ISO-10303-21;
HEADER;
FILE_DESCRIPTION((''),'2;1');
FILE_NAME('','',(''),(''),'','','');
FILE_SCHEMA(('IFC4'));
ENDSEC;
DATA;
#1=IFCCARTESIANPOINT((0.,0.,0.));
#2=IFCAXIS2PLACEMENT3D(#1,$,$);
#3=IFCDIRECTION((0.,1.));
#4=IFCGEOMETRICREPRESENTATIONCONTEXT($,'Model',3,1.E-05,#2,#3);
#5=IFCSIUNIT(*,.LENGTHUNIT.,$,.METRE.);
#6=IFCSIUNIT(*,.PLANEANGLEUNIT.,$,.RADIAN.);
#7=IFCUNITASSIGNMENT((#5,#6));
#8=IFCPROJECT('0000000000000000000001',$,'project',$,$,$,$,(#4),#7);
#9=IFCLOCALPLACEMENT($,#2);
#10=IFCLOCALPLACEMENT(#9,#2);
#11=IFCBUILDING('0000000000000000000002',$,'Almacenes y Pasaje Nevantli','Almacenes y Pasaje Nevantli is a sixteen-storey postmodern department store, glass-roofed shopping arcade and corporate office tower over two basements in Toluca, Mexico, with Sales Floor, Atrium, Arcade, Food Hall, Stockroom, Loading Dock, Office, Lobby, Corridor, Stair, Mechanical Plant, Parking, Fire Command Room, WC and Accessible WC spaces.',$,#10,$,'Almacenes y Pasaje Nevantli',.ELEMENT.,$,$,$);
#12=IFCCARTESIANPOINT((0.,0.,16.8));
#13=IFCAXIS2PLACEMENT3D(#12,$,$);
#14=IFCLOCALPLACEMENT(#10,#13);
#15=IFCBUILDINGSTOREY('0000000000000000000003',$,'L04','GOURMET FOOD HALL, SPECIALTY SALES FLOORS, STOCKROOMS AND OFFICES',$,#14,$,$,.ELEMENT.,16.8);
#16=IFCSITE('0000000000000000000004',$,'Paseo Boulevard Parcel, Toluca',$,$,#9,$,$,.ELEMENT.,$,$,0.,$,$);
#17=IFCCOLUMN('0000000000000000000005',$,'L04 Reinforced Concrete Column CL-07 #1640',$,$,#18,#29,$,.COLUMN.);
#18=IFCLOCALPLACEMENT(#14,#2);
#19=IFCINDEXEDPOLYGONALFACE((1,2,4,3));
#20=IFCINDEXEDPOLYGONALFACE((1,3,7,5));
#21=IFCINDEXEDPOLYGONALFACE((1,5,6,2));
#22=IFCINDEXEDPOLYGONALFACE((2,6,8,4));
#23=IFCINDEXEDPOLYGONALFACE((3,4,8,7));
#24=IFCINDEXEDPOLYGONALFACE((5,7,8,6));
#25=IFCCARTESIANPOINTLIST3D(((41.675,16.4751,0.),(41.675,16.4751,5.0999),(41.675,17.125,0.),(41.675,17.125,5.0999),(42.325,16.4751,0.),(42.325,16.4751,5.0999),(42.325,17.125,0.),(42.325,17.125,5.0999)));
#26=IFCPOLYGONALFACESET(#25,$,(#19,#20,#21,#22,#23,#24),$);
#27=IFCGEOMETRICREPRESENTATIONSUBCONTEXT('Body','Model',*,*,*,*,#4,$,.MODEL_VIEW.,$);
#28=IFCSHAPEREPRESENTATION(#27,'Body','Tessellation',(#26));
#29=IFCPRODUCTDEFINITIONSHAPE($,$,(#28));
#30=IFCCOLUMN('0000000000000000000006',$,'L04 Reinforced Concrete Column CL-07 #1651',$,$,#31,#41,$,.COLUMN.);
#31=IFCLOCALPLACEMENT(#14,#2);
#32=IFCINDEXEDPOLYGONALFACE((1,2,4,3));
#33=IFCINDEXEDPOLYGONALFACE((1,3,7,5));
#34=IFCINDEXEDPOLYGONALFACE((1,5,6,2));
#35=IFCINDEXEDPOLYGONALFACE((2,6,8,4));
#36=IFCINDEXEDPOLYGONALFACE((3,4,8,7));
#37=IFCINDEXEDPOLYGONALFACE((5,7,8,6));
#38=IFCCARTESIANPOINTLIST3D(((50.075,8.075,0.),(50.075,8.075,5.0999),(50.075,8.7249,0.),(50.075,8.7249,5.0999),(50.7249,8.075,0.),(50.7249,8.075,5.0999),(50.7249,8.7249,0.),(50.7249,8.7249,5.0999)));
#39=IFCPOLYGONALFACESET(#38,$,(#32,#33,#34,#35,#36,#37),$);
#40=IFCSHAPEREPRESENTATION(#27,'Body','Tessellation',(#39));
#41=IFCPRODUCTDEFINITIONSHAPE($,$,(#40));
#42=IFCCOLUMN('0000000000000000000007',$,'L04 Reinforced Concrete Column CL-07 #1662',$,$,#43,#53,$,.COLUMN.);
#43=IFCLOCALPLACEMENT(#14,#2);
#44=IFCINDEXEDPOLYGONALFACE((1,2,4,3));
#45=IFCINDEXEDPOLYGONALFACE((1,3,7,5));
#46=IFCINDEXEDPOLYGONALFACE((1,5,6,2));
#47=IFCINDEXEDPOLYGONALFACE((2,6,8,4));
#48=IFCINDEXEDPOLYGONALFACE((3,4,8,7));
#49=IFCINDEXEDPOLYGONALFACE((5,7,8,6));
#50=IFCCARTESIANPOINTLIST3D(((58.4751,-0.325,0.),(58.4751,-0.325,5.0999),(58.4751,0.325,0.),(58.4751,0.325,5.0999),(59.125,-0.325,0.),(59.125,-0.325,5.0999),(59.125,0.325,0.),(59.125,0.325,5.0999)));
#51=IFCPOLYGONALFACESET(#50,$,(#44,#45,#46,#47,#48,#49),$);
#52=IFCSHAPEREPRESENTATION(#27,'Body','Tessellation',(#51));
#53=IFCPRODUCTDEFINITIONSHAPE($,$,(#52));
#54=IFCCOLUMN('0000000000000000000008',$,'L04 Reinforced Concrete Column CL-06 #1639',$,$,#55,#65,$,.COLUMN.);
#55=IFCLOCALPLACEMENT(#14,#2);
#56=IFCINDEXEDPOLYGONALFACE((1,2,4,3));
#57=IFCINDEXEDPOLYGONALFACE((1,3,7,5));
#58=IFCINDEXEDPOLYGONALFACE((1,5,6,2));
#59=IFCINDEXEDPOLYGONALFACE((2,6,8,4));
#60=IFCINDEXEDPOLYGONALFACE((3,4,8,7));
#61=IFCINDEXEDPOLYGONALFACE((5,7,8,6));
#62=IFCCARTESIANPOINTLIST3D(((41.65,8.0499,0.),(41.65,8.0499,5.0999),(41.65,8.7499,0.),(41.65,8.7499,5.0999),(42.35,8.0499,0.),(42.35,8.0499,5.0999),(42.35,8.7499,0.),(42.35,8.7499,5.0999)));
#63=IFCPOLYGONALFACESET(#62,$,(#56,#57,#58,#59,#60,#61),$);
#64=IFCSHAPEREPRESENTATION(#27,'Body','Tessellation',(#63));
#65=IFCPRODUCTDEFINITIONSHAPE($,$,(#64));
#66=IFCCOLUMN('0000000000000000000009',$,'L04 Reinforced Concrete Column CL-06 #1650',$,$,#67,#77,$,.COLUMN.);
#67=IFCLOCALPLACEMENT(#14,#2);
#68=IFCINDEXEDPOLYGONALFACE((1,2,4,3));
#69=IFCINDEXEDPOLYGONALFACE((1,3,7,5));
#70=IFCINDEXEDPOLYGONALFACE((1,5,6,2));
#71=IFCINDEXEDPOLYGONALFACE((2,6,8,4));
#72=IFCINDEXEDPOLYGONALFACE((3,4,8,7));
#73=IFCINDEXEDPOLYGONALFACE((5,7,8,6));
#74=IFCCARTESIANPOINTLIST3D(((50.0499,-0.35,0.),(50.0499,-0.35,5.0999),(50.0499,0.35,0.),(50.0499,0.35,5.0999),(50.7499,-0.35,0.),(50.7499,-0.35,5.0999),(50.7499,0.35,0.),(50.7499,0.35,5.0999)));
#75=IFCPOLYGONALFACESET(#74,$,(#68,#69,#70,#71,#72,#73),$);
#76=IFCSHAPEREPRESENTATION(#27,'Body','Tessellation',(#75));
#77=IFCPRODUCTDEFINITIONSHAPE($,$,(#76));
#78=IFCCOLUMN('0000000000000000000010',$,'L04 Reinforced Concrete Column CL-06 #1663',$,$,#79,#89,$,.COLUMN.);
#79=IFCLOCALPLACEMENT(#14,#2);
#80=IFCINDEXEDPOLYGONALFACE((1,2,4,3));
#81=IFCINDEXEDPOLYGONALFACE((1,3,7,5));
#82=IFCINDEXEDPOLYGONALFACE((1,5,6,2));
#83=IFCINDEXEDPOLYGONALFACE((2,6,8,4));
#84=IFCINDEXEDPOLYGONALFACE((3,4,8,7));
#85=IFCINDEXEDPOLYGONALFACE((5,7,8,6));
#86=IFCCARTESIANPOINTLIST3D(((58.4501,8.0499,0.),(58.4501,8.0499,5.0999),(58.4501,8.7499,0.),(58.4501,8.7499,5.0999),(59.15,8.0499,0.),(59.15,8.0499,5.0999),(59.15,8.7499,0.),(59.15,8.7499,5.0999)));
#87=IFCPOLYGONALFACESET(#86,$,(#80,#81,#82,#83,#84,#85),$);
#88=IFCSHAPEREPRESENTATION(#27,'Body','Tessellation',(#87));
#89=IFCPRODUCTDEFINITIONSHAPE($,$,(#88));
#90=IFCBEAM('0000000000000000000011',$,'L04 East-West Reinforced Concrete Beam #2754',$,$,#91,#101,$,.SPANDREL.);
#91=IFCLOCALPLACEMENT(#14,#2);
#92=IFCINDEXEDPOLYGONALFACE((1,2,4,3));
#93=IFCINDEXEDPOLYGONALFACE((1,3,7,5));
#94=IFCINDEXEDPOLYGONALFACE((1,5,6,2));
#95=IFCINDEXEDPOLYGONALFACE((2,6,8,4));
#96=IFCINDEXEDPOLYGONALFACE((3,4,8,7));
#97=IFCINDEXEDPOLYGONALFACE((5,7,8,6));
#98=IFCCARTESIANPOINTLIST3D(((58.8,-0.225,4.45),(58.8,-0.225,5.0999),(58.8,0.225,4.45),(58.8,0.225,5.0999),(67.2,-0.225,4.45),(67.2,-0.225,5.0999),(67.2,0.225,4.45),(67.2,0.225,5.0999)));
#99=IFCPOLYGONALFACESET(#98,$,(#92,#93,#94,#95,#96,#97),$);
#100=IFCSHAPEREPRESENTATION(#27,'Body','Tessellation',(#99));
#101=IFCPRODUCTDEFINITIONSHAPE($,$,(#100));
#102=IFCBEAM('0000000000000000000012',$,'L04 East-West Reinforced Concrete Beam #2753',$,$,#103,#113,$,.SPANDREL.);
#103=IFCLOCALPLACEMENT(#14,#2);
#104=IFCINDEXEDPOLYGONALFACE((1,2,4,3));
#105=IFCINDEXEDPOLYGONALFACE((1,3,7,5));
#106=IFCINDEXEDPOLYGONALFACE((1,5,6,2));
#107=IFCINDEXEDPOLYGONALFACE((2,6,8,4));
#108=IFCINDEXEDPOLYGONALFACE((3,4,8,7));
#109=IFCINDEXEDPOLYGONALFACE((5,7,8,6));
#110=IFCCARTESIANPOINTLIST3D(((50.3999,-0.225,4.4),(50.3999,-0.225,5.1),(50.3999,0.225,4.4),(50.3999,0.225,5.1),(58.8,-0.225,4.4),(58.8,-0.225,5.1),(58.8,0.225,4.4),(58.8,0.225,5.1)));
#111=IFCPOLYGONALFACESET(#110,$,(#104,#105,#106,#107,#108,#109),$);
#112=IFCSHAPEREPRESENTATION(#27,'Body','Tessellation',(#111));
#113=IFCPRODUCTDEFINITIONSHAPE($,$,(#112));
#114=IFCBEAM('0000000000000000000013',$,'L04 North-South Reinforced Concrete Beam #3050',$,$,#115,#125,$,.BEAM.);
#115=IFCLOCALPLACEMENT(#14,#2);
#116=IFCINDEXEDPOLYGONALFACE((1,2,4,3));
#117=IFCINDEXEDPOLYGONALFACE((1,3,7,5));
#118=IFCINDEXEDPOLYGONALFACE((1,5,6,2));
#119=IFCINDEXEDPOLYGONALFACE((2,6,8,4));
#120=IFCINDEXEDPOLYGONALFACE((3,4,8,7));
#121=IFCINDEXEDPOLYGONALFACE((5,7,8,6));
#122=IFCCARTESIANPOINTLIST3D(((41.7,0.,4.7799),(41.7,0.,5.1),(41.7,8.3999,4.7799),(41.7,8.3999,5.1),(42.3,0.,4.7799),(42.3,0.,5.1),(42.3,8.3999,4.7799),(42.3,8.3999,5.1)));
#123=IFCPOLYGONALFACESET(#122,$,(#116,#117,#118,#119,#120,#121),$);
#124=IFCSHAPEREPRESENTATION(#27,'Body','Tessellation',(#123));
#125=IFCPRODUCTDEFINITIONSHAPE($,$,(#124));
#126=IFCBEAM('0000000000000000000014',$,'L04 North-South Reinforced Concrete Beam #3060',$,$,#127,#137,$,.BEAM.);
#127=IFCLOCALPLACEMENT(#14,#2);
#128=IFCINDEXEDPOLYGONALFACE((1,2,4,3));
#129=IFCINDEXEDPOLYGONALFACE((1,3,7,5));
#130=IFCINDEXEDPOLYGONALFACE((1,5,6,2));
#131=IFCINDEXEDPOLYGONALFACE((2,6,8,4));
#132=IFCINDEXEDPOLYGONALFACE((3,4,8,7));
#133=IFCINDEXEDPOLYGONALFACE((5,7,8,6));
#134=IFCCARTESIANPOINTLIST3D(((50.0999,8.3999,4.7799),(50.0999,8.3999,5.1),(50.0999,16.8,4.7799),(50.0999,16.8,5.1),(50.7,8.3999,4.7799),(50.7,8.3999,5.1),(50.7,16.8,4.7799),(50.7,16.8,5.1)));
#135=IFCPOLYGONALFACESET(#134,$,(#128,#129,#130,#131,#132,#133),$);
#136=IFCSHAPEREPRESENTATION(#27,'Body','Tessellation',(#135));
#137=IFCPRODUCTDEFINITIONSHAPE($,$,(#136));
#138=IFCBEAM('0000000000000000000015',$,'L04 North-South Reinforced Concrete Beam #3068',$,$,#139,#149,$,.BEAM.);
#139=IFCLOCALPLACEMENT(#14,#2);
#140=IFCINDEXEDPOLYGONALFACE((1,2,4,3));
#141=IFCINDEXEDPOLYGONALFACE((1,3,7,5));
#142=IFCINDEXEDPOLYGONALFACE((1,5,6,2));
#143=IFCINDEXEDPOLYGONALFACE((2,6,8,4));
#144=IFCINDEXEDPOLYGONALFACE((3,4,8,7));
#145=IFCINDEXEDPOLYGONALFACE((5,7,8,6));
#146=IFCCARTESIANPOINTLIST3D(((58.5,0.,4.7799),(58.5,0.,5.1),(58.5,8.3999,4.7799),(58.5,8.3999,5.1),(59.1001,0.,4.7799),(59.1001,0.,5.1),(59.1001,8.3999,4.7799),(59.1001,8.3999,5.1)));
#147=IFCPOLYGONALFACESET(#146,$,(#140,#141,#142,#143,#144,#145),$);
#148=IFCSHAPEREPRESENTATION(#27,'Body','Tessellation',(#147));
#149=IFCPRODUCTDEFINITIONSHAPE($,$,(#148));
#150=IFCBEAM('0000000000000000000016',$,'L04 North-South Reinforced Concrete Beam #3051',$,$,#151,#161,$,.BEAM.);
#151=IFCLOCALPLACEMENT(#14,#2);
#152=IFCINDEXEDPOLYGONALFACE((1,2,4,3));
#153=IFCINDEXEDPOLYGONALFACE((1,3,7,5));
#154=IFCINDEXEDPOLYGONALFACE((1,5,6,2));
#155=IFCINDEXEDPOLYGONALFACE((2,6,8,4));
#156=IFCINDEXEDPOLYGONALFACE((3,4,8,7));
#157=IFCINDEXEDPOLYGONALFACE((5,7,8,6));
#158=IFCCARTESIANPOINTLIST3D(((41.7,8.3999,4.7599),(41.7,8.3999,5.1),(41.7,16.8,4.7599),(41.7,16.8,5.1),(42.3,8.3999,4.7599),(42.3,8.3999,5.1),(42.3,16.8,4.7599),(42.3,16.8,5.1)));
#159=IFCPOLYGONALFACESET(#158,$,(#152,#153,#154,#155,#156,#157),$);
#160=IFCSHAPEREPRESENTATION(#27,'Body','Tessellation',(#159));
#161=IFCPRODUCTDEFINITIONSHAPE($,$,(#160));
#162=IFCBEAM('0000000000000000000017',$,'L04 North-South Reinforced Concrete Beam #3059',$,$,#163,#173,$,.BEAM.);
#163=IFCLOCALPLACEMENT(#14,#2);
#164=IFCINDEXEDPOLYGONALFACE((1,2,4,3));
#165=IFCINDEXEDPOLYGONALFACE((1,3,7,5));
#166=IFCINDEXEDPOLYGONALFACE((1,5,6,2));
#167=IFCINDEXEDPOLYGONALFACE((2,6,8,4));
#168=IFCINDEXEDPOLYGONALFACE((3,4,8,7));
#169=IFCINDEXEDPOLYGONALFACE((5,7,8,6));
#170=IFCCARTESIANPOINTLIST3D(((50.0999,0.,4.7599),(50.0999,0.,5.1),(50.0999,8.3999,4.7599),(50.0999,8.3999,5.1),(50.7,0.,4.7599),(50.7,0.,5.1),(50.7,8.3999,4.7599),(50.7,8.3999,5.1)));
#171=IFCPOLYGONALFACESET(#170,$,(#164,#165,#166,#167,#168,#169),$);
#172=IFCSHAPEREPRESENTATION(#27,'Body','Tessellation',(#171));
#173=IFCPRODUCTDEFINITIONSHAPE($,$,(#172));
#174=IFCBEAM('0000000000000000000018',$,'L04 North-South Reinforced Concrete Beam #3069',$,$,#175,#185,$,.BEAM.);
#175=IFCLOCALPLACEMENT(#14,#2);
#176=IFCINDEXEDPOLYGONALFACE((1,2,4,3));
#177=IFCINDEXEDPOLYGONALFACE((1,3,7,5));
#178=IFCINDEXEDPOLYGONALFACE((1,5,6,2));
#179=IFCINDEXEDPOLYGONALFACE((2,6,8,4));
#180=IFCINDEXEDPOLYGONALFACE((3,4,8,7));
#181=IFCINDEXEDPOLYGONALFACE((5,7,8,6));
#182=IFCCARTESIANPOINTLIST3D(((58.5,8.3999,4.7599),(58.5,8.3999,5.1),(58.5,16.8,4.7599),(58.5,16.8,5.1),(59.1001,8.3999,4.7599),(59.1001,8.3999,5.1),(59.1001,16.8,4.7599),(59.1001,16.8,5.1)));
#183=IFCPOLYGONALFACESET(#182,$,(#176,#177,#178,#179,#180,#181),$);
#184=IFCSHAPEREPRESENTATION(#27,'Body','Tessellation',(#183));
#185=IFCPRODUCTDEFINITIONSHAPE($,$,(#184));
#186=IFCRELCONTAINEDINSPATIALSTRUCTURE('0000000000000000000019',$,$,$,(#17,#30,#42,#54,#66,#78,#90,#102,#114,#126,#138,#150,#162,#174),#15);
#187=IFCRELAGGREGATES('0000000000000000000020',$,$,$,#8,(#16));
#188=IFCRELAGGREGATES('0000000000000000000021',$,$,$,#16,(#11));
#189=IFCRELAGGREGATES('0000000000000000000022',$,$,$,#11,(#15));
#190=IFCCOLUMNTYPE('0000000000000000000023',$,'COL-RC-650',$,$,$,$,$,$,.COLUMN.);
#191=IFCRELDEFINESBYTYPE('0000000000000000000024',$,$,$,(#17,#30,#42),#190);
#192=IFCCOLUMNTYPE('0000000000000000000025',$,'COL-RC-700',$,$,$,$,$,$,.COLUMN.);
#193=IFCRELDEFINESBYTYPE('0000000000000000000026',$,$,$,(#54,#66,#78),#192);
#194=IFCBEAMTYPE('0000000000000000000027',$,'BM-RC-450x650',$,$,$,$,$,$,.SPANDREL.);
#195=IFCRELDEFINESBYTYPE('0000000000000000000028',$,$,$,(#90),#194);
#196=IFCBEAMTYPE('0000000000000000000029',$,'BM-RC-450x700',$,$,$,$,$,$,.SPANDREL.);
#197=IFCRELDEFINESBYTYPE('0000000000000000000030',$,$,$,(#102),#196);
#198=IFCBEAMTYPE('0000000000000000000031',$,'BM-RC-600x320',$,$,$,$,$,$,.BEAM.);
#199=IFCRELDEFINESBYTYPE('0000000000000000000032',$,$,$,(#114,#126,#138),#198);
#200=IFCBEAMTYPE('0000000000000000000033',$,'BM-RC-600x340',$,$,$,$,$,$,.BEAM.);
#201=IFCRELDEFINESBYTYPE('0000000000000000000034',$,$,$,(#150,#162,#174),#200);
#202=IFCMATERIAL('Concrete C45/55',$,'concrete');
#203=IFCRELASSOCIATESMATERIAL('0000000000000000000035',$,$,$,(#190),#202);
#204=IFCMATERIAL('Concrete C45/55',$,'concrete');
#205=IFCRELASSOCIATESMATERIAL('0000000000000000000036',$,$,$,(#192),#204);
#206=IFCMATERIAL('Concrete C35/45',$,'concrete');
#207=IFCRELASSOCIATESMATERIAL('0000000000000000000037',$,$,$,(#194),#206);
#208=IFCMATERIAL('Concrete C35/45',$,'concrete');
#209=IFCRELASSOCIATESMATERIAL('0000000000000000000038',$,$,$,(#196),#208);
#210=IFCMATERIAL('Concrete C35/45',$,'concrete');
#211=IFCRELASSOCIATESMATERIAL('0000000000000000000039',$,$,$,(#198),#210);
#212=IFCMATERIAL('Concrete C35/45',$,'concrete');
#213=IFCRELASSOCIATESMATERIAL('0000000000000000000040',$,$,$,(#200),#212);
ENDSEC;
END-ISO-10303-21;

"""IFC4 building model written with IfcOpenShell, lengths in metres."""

from ifc_helpers import new_model, si_unit, direction, frame, origin, origin_2d, place, context, subcontext, project, spatial, rectangle, extrude, material, material_profile, profile_set, type_object, element, save


model = new_model("IFC4")

# Units and contexts
model_context = context("Model", 3, precision=1e-05, world=origin(), true_north=direction((0.0, 1.0)))
body_context = subcontext(model_context, "Body", "Model", "MODEL_VIEW")
ifc_project = project(units=[si_unit("LENGTHUNIT", "METRE"), si_unit("PLANEANGLEUNIT", "RADIAN")], contexts=[model_context])

# Site, building, storey
site_placement = place(None, origin())
site = spatial("IfcSite", under=ifc_project, at=site_placement, Name="Paseo Boulevard Parcel, Toluca", CompositionType="ELEMENT", RefElevation=0.0)
building_placement = place(site_placement, origin())
building = spatial("IfcBuilding", under=site, at=building_placement, Name="Almacenes y Pasaje Nevantli", Description="Almacenes y Pasaje Nevantli is a sixteen-storey postmodern department store, glass-roofed shopping arcade and corporate office tower over two basements in Toluca, Mexico, with Sales Floor, Atrium, Arcade, Food Hall, Stockroom, Loading Dock, Office, Lobby, Corridor, Stair, Mechanical Plant, Parking, Fire Command Room, WC and Accessible WC spaces.", LongName="Almacenes y Pasaje Nevantli", CompositionType="ELEMENT")
storey_placement = place(building_placement, frame((0.0, 0.0, 16.8)))
storey = spatial("IfcBuildingStorey", under=building, at=storey_placement, Name="L04", Description="GOURMET FOOD HALL, SPECIALTY SALES FLOORS, STOCKROOMS AND OFFICES", CompositionType="ELEMENT", Elevation=16.8)

# Columns
ifc_material_1 = material(Name="Concrete C45/55", Category="concrete")
ifc_material_profile_1 = material_profile(ifc_material_1, rectangle(XDim=0.6499, YDim=0.6499, at=origin_2d()), Name="RC-COL-650x650")
ifc_profile_set_1 = profile_set([ifc_material_profile_1], Name="Concrete C45/55")
column_type_1 = type_object("IfcColumnType", Name="COL-RC-650", PredefinedType="COLUMN", material=ifc_profile_set_1)
for number, where, z_axis, x_axis, name in (
    (1, (42.0, 16.8, 0.0), (0.0, 0.0, 1.0), (1.0, 0.0, 0.0), "L04 Reinforced Concrete Column CL-07 #1640"),
    (2, (50.3999, 8.3999, 0.0), (0.0, 0.0, 1.0), (1.0, 0.0, 0.0), "L04 Reinforced Concrete Column CL-07 #1651"),
    (3, (58.8, 0.0, 0.0), (0.0, 0.0, 1.0), (1.0, 0.0, 0.0), "L04 Reinforced Concrete Column CL-07 #1662"),
):
    element("IfcColumn", number, at=place(storey_placement, frame(where, z_axis=z_axis, x_axis=x_axis)), inside=storey, type_object=column_type_1, Name=name, PredefinedType="COLUMN", context=body_context, shape_type="SweptSolid", body=[
        extrude(rectangle(XDim=0.6499, YDim=0.6499, at=origin_2d()), origin(), (0.0, 0.0, 1.0), 5.0999),
    ])
ifc_material_2 = material(Name="Concrete C45/55", Category="concrete")
ifc_material_profile_2 = material_profile(ifc_material_2, rectangle(XDim=0.7, YDim=0.7, at=origin_2d()), Name="RC-COL-700x700")
ifc_profile_set_2 = profile_set([ifc_material_profile_2], Name="Concrete C45/55")
column_type_2 = type_object("IfcColumnType", Name="COL-RC-700", PredefinedType="COLUMN", material=ifc_profile_set_2)
for number, where, z_axis, x_axis, name in (
    (4, (42.0, 8.3999, 0.0), (0.0, 0.0, 1.0), (1.0, 0.0, 0.0), "L04 Reinforced Concrete Column CL-06 #1639"),
    (5, (50.3999, 0.0, 0.0), (0.0, 0.0, 1.0), (1.0, 0.0, 0.0), "L04 Reinforced Concrete Column CL-06 #1650"),
    (6, (58.8, 8.3999, 0.0), (0.0, 0.0, 1.0), (1.0, 0.0, 0.0), "L04 Reinforced Concrete Column CL-06 #1663"),
):
    element("IfcColumn", number, at=place(storey_placement, frame(where, z_axis=z_axis, x_axis=x_axis)), inside=storey, type_object=column_type_2, Name=name, PredefinedType="COLUMN", context=body_context, shape_type="SweptSolid", body=[
        extrude(rectangle(XDim=0.7, YDim=0.7, at=origin_2d()), origin(), (0.0, 0.0, 1.0), 5.0999),
    ])

# Beams
ifc_material_3 = material(Name="Concrete C35/45", Category="concrete")
ifc_material_profile_3 = material_profile(ifc_material_3, rectangle(XDim=0.45, YDim=0.6499, at=origin_2d()), Name="RC-BM-450x650")
ifc_profile_set_3 = profile_set([ifc_material_profile_3], Name="Concrete C35/45")
beam_type_1 = type_object("IfcBeamType", Name="BM-RC-450x650", PredefinedType="SPANDREL", material=ifc_profile_set_3)
beam_1_placement = place(storey_placement, frame((58.8, 0.0, 4.7749), z_axis=(1.0, 0.0, 0.0), x_axis=(0.0, 1.0, 0.0)))
element("IfcBeam", 7, at=beam_1_placement, inside=storey, type_object=beam_type_1, Name="L04 East-West Reinforced Concrete Beam #2754", PredefinedType="SPANDREL", context=body_context, shape_type="SweptSolid", body=[
    extrude(rectangle(XDim=0.45, YDim=0.6499, at=origin_2d()), origin(), (0.0, 0.0, 1.0), 8.3999),
])
ifc_material_4 = material(Name="Concrete C35/45", Category="concrete")
ifc_material_profile_4 = material_profile(ifc_material_4, rectangle(XDim=0.45, YDim=0.7, at=origin_2d()), Name="RC-BM-450x700")
ifc_profile_set_4 = profile_set([ifc_material_profile_4], Name="Concrete C35/45")
beam_type_2 = type_object("IfcBeamType", Name="BM-RC-450x700", PredefinedType="SPANDREL", material=ifc_profile_set_4)
beam_2_placement = place(storey_placement, frame((50.3999, 0.0, 4.75), z_axis=(1.0, 0.0, 0.0), x_axis=(0.0, 1.0, 0.0)))
element("IfcBeam", 8, at=beam_2_placement, inside=storey, type_object=beam_type_2, Name="L04 East-West Reinforced Concrete Beam #2753", PredefinedType="SPANDREL", context=body_context, shape_type="SweptSolid", body=[
    extrude(rectangle(XDim=0.45, YDim=0.7, at=origin_2d()), origin(), (0.0, 0.0, 1.0), 8.4001),
])
ifc_material_5 = material(Name="Concrete C35/45", Category="concrete")
ifc_material_profile_5 = material_profile(ifc_material_5, rectangle(XDim=0.6001, YDim=0.3201, at=origin_2d()), Name="RC-BM-600x320")
ifc_profile_set_5 = profile_set([ifc_material_profile_5], Name="Concrete C35/45")
beam_type_3 = type_object("IfcBeamType", Name="BM-RC-600x320", PredefinedType="BEAM", material=ifc_profile_set_5)
beam_3_placement = place(storey_placement, frame((42.0, 0.0, 4.9399), z_axis=(0.0, 1.0, 0.0), x_axis=(-1.0, 0.0, 0.0)))
element("IfcBeam", 9, at=beam_3_placement, inside=storey, type_object=beam_type_3, Name="L04 North-South Reinforced Concrete Beam #3050", PredefinedType="BEAM", context=body_context, shape_type="SweptSolid", body=[
    extrude(rectangle(XDim=0.6001, YDim=0.3201, at=origin_2d()), origin(), (0.0, 0.0, 1.0), 8.3999),
])
beam_4_placement = place(storey_placement, frame((50.3999, 8.3999, 4.9399), z_axis=(0.0, 1.0, 0.0), x_axis=(-1.0, 0.0, 0.0)))
element("IfcBeam", 10, at=beam_4_placement, inside=storey, type_object=beam_type_3, Name="L04 North-South Reinforced Concrete Beam #3060", PredefinedType="BEAM", context=body_context, shape_type="SweptSolid", body=[
    extrude(rectangle(XDim=0.6001, YDim=0.3201, at=origin_2d()), origin(), (0.0, 0.0, 1.0), 8.4001),
])
beam_5_placement = place(storey_placement, frame((58.8, 0.0, 4.9399), z_axis=(0.0, 1.0, 0.0), x_axis=(-1.0, 0.0, 0.0)))
element("IfcBeam", 11, at=beam_5_placement, inside=storey, type_object=beam_type_3, Name="L04 North-South Reinforced Concrete Beam #3068", PredefinedType="BEAM", context=body_context, shape_type="SweptSolid", body=[
    extrude(rectangle(XDim=0.6001, YDim=0.3201, at=origin_2d()), origin(), (0.0, 0.0, 1.0), 8.3999),
])
ifc_material_6 = material(Name="Concrete C35/45", Category="concrete")
ifc_material_profile_6 = material_profile(ifc_material_6, rectangle(XDim=0.6001, YDim=0.3401, at=origin_2d()), Name="RC-BM-600x340")
ifc_profile_set_6 = profile_set([ifc_material_profile_6], Name="Concrete C35/45")
beam_type_4 = type_object("IfcBeamType", Name="BM-RC-600x340", PredefinedType="BEAM", material=ifc_profile_set_6)
beam_6_placement = place(storey_placement, frame((42.0, 8.3999, 4.9299), z_axis=(0.0, 1.0, 0.0), x_axis=(-1.0, 0.0, 0.0)))
element("IfcBeam", 12, at=beam_6_placement, inside=storey, type_object=beam_type_4, Name="L04 North-South Reinforced Concrete Beam #3051", PredefinedType="BEAM", context=body_context, shape_type="SweptSolid", body=[
    extrude(rectangle(XDim=0.6001, YDim=0.3401, at=origin_2d()), origin(), (0.0, 0.0, 1.0), 8.4001),
])
beam_7_placement = place(storey_placement, frame((50.3999, 0.0, 4.9299), z_axis=(0.0, 1.0, 0.0), x_axis=(-1.0, 0.0, 0.0)))
element("IfcBeam", 13, at=beam_7_placement, inside=storey, type_object=beam_type_4, Name="L04 North-South Reinforced Concrete Beam #3059", PredefinedType="BEAM", context=body_context, shape_type="SweptSolid", body=[
    extrude(rectangle(XDim=0.6001, YDim=0.3401, at=origin_2d()), origin(), (0.0, 0.0, 1.0), 8.3999),
])
beam_8_placement = place(storey_placement, frame((58.8, 8.3999, 4.9299), z_axis=(0.0, 1.0, 0.0), x_axis=(-1.0, 0.0, 0.0)))
element("IfcBeam", 14, at=beam_8_placement, inside=storey, type_object=beam_type_4, Name="L04 North-South Reinforced Concrete Beam #3069", PredefinedType="BEAM", context=body_context, shape_type="SweptSolid", body=[
    extrude(rectangle(XDim=0.6001, YDim=0.3401, at=origin_2d()), origin(), (0.0, 0.0, 1.0), 8.4001),
])

save(model, "model.ifc")
